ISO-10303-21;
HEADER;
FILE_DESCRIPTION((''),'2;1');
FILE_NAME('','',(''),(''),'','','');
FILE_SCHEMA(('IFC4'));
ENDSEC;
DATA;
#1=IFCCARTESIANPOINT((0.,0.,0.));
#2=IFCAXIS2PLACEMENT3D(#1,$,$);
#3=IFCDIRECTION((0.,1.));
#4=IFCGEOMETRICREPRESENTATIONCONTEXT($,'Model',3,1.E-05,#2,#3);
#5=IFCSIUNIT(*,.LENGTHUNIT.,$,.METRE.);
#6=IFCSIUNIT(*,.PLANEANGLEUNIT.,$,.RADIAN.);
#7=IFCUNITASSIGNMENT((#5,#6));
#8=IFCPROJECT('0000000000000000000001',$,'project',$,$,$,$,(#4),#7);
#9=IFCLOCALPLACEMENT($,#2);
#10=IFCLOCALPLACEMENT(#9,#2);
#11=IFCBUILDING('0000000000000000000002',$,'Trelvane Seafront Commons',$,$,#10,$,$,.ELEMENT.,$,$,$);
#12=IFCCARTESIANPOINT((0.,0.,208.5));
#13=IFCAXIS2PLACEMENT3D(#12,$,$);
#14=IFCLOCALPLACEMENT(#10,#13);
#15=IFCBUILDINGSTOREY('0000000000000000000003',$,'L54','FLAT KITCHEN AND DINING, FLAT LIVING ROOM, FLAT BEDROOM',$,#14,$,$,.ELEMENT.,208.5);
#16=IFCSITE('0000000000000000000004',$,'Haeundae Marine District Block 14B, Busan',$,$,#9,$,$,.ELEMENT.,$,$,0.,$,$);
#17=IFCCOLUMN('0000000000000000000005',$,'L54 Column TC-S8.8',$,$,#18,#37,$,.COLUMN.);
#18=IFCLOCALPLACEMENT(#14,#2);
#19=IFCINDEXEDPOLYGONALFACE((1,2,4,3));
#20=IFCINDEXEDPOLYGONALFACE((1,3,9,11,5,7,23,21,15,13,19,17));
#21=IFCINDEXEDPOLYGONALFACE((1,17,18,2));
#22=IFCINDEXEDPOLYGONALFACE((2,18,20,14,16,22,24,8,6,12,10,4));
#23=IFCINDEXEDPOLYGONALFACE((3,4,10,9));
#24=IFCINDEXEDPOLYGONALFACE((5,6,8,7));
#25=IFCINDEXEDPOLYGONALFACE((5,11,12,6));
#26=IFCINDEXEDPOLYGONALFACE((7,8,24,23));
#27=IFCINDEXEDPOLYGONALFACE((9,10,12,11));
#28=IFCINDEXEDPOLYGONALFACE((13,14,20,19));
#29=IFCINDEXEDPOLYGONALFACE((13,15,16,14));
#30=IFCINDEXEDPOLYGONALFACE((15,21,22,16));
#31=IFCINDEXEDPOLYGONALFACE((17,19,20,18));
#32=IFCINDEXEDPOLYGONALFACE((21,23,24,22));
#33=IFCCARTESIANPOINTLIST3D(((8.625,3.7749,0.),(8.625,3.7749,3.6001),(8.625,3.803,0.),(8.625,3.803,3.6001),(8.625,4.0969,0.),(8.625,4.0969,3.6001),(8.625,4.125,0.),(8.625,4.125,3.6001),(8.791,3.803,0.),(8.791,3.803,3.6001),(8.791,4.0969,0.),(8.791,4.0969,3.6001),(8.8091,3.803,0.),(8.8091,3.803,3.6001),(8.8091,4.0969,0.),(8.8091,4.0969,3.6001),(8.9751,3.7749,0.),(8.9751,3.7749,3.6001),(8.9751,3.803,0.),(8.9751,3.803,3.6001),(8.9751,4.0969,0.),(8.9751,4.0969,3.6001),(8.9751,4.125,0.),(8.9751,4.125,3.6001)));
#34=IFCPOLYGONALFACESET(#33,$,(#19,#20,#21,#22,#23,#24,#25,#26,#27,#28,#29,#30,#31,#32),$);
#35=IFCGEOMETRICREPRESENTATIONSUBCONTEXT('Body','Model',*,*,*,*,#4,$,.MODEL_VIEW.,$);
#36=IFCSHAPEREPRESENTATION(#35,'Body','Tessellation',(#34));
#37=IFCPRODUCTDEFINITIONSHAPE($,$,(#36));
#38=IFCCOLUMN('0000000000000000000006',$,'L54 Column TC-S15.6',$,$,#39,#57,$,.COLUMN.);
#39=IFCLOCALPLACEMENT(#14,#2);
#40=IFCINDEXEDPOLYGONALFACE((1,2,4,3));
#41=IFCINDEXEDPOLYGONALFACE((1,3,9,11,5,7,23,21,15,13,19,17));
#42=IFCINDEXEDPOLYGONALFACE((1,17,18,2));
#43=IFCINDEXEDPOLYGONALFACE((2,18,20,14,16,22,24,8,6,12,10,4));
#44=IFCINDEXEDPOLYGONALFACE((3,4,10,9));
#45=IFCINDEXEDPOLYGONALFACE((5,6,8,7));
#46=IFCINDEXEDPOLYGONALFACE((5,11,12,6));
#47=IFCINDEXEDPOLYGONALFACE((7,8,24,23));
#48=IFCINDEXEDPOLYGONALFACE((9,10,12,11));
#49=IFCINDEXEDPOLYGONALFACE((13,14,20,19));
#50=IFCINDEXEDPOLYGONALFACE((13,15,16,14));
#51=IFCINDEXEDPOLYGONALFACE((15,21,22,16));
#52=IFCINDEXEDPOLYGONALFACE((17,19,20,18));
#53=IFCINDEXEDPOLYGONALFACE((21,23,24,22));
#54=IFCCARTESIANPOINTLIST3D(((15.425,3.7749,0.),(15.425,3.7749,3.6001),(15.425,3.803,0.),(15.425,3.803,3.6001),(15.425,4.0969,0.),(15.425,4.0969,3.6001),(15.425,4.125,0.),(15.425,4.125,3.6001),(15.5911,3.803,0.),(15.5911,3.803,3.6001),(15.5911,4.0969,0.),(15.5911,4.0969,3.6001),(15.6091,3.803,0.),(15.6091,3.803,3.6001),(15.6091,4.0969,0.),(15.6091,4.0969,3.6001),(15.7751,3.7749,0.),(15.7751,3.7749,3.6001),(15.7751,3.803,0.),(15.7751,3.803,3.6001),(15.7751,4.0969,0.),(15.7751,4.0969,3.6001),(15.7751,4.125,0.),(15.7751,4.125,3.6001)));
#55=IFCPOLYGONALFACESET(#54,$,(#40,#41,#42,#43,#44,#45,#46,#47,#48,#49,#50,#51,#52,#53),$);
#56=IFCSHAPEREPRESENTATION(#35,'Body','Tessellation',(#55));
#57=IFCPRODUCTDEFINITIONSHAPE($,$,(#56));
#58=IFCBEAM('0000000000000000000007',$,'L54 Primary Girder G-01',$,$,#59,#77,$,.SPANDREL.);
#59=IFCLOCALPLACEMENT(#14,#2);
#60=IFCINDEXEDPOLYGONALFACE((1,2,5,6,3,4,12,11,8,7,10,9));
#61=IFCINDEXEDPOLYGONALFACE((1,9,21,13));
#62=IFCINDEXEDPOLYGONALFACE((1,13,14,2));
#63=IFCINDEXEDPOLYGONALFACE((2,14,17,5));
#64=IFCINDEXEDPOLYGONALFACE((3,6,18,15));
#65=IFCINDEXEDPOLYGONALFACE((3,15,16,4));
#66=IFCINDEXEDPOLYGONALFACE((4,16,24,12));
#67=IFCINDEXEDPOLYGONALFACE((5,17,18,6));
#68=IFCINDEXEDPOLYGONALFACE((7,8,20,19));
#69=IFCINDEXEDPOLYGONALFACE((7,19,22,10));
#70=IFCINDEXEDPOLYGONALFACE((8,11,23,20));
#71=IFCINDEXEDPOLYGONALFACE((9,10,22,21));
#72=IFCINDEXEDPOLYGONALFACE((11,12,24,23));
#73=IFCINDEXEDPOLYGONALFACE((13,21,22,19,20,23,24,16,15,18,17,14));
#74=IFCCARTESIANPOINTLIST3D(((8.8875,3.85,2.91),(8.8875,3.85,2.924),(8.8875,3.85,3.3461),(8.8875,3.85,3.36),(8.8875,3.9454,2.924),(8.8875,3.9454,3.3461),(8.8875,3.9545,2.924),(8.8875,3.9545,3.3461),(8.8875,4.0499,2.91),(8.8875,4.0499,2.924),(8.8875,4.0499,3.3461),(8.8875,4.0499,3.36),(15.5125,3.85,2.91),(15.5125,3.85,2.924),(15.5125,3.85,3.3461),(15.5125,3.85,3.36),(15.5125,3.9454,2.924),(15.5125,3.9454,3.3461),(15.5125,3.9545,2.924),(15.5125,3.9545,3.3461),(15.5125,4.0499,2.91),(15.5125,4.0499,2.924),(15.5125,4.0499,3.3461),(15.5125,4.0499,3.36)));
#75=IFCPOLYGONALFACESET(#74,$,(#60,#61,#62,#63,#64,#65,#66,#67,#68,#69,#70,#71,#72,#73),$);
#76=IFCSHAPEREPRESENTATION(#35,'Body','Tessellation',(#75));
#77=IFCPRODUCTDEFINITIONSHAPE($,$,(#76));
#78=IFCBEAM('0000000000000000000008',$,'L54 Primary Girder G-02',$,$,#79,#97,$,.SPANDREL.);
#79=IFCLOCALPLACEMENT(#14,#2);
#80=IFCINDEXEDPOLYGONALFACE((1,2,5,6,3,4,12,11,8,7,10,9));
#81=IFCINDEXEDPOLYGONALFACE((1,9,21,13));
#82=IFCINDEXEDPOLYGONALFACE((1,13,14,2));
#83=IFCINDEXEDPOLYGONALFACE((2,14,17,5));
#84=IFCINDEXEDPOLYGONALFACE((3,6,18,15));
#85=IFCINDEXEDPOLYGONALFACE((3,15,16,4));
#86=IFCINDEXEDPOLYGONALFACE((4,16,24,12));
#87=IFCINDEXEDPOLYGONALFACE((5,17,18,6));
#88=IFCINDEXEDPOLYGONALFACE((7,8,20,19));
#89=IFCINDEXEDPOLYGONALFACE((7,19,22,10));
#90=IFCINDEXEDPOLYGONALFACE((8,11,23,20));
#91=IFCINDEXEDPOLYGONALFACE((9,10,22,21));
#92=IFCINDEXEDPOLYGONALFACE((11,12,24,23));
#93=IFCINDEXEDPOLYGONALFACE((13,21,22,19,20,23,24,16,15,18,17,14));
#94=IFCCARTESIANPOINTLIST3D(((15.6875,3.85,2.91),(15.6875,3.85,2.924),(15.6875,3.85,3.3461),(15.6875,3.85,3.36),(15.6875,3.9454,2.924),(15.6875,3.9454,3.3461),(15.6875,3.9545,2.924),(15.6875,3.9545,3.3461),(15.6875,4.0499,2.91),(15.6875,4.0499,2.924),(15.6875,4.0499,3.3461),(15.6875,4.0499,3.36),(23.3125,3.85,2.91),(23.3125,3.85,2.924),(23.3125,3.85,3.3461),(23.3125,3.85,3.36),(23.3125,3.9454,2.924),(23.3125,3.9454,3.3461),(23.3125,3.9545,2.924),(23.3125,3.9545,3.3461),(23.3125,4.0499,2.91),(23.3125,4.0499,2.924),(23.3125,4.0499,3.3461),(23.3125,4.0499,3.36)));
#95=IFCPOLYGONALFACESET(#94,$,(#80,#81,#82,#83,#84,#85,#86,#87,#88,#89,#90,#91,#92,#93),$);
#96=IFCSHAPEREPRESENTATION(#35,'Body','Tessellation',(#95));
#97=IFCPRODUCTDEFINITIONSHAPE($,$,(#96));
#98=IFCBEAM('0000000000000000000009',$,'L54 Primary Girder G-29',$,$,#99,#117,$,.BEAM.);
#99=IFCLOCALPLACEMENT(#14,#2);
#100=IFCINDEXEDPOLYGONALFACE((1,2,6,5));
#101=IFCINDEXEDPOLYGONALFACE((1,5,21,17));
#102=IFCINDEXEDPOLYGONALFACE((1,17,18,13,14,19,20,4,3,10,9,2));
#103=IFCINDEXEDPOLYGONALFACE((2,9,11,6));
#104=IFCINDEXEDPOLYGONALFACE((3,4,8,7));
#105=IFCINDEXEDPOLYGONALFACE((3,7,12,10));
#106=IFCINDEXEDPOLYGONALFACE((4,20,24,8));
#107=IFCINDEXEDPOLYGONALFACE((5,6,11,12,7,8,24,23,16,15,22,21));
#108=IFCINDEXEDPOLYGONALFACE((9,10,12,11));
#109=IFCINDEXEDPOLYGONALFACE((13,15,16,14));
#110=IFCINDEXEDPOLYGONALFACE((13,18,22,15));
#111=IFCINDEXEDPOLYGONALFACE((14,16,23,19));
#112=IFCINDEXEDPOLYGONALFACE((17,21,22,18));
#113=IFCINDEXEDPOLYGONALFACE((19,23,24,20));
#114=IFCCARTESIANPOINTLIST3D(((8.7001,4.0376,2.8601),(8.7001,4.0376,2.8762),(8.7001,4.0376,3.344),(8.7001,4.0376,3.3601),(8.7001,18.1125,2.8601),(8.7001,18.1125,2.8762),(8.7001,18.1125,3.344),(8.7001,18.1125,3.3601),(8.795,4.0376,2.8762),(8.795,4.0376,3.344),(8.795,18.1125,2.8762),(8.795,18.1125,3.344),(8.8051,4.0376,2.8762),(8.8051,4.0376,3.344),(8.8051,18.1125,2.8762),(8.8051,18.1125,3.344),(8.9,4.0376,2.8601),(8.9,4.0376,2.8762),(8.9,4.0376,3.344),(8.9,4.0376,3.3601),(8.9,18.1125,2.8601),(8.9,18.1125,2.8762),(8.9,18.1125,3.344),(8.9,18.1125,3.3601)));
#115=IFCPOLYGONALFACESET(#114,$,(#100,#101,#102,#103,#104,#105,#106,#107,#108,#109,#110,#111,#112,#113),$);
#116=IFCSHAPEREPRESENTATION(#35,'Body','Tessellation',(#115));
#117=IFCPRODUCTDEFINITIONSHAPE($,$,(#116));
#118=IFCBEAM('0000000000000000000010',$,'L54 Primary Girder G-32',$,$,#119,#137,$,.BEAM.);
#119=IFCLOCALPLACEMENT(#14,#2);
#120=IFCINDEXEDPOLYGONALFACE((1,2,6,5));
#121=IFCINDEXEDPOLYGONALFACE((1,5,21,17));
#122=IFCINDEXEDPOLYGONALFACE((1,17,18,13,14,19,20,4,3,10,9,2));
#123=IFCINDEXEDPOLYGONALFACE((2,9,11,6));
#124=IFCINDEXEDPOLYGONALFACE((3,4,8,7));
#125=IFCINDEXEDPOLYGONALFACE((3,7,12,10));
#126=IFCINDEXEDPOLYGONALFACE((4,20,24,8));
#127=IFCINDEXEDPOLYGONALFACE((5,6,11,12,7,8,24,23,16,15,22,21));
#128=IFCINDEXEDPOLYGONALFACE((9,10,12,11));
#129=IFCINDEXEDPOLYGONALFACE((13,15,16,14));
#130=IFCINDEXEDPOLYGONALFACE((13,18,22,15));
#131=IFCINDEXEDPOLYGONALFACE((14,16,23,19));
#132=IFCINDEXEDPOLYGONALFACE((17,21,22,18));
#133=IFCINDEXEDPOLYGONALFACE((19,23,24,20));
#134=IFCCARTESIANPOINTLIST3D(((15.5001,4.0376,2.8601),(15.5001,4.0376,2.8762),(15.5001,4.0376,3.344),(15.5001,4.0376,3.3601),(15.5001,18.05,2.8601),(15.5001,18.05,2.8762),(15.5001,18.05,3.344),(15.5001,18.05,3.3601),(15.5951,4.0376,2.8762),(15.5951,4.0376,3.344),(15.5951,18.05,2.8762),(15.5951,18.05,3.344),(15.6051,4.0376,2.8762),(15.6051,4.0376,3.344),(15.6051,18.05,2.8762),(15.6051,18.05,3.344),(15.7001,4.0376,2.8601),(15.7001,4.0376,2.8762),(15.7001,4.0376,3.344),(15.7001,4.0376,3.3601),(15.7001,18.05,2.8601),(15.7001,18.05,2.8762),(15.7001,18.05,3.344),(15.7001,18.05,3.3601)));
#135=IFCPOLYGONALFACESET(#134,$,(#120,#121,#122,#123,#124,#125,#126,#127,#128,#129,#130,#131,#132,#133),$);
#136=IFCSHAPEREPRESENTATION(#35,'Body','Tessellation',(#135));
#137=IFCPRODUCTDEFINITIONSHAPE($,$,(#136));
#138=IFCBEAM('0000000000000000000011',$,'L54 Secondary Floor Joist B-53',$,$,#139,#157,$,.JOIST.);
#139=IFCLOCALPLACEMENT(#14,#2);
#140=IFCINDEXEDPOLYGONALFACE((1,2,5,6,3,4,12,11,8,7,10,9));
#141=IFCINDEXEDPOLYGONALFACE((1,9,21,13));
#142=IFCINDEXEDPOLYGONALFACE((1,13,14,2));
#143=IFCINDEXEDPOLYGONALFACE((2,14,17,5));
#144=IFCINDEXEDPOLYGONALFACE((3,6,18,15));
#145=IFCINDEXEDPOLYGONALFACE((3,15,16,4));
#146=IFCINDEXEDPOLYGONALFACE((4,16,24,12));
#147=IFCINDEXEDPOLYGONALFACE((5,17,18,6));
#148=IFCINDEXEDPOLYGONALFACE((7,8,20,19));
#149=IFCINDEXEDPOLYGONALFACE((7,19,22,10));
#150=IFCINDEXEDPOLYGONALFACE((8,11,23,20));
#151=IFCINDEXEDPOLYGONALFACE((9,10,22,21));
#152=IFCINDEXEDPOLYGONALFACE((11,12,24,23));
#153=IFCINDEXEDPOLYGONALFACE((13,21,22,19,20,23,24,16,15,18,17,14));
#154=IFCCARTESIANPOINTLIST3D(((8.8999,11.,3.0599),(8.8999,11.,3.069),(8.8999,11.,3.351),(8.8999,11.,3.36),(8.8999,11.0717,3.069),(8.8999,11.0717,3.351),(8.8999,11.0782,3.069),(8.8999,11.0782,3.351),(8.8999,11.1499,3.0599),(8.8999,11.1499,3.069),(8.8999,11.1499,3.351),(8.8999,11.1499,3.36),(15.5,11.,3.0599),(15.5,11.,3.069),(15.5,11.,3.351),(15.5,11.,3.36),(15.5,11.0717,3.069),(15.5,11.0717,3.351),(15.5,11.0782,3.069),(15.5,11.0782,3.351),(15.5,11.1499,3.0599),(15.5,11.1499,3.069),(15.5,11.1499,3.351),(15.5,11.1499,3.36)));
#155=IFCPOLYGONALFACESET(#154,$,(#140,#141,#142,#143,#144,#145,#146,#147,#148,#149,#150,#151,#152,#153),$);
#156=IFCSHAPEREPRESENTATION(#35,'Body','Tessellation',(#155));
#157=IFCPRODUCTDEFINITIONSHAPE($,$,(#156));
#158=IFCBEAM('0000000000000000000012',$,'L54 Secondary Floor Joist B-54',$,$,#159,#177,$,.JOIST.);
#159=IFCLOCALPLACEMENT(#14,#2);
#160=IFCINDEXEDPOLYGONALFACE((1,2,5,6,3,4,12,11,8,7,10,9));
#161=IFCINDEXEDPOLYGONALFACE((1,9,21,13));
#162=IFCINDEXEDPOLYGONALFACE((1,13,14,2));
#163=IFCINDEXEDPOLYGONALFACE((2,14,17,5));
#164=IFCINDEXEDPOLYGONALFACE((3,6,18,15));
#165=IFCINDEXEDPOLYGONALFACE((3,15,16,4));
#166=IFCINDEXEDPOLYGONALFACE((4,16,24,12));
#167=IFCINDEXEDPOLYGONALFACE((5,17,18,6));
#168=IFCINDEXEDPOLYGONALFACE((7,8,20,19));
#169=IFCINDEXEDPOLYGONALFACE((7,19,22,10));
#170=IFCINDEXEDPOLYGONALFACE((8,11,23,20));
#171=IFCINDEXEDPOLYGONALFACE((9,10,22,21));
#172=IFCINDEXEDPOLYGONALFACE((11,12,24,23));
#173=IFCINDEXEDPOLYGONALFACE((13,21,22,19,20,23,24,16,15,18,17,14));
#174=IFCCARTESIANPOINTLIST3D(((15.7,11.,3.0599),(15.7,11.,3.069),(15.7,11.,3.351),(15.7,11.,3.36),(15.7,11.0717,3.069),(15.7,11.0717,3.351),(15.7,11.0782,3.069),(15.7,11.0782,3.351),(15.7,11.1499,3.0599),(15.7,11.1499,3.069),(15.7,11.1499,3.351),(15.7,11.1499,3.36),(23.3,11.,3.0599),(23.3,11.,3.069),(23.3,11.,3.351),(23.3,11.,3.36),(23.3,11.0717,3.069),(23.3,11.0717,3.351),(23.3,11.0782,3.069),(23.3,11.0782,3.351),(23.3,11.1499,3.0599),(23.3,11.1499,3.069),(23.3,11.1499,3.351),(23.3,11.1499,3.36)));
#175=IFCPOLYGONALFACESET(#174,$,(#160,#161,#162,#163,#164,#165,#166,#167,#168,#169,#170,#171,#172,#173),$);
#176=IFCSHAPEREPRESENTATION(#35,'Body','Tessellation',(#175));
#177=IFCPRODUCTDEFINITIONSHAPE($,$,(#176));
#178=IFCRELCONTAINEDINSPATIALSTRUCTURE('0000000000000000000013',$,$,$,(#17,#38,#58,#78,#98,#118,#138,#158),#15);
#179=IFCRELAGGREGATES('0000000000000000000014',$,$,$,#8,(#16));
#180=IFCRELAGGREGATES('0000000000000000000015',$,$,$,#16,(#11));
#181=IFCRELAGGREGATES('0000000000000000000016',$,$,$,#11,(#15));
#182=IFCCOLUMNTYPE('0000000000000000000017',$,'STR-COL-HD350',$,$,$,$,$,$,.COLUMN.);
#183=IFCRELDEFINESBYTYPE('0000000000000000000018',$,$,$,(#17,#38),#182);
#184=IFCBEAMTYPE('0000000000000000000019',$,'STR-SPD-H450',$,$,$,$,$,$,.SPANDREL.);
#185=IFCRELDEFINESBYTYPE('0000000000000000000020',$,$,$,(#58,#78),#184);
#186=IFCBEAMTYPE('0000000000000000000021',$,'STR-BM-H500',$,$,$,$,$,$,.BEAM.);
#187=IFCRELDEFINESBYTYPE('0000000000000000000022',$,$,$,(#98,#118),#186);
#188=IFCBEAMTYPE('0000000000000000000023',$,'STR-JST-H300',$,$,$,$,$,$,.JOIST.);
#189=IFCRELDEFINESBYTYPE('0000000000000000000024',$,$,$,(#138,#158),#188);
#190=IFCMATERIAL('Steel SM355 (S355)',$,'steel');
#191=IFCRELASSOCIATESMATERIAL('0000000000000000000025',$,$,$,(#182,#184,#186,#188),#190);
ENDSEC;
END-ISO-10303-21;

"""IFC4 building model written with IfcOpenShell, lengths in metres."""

from ifc_helpers import new_model, si_unit, direction, frame, origin, origin_2d, place, context, subcontext, project, spatial, i_section, extrude, source, transform, mapped, material, material_profile, profile_set, type_object, element, save


model = new_model("IFC4")

# Units and contexts
model_context = context("Model", 3, precision=1e-05, world=origin(), true_north=direction((0.0, 1.0)))
body_context = subcontext(model_context, "Body", "Model", "MODEL_VIEW")
ifc_project = project(units=[si_unit("LENGTHUNIT", "METRE"), si_unit("PLANEANGLEUNIT", "RADIAN")], contexts=[model_context])

# Site, building, storey
site_placement = place(None, origin())
site = spatial("IfcSite", under=ifc_project, at=site_placement, Name="Haeundae Marine District Block 14B, Busan", CompositionType="ELEMENT", RefElevation=0.0)
building_placement = place(site_placement, origin())
building = spatial("IfcBuilding", under=site, at=building_placement, Name="Trelvane Seafront Commons", CompositionType="ELEMENT")
storey_placement = place(building_placement, frame((0.0, 0.0, 208.5)))
storey = spatial("IfcBuildingStorey", under=building, at=storey_placement, Name="L54", Description="FLAT KITCHEN AND DINING, FLAT LIVING ROOM, FLAT BEDROOM", CompositionType="ELEMENT", Elevation=208.5)

# Columns
ifc_material_1 = material(Name="Steel SM355 (S355)", Category="steel")
ifc_material_profile_1 = material_profile(ifc_material_1, i_section(OverallWidth=0.3501, OverallDepth=0.3501, WebThickness=0.0181, FlangeThickness=0.0281, at=origin_2d()), Name="HD-350x350x18x28")
ifc_profile_set_1 = profile_set([ifc_material_profile_1], Name="Steel SM355 (S355)")
column_type = type_object("IfcColumnType", Name="STR-COL-HD350", PredefinedType="COLUMN", material=ifc_profile_set_1)
shared_shape_1 = source(origin(), body_context, "Body", "SweptSolid", [
    extrude(i_section(OverallWidth=0.3501, OverallDepth=0.3501, WebThickness=0.0181, FlangeThickness=0.0281, at=origin_2d()), origin(), (0.0, 0.0, 1.0), 3.6001),
])
for number, where, z_axis, x_axis, name in (
    (1, (8.8, 3.95, 0.0), (0.0, 0.0, 1.0), (1.0, 0.0, 0.0), "L54 Column TC-S8.8"),
    (2, (15.6001, 3.95, 0.0), (0.0, 0.0, 1.0), (1.0, 0.0, 0.0), "L54 Column TC-S15.6"),
):
    element("IfcColumn", number, at=place(storey_placement, frame(where, z_axis=z_axis, x_axis=x_axis)), inside=storey, type_object=column_type, Name=name, PredefinedType="COLUMN", context=body_context, shape_type="MappedRepresentation", body=[
        mapped(shared_shape_1, transform((0.0, 0.0, 0.0), x_axis=(1.0, 0.0, 0.0), y_axis=(0.0, 1.0, 0.0), z_axis=(0.0, 0.0, 1.0), scale=1.0)),
    ])

# Beams
ifc_material_profile_2 = material_profile(ifc_material_1, i_section(OverallWidth=0.2, OverallDepth=0.45, WebThickness=0.009, FlangeThickness=0.0139, at=origin_2d()), Name="H-450x200x9x14")
ifc_profile_set_2 = profile_set([ifc_material_profile_2], Name="Steel SM355 (S355)")
beam_type_1 = type_object("IfcBeamType", Name="STR-SPD-H450", PredefinedType="SPANDREL", material=ifc_profile_set_2)
shared_shape_2 = source(origin(), body_context, "Body", "SweptSolid", [
    extrude(i_section(OverallWidth=0.2, OverallDepth=0.45, WebThickness=0.009, FlangeThickness=0.0139, at=origin_2d()), origin(), (0.0, 0.0, 1.0), 6.625),
])
beam_1_placement = place(storey_placement, frame((8.8875, 3.95, 3.135), z_axis=(1.0, 0.0, 0.0), x_axis=(0.0, 1.0, 0.0)))
element("IfcBeam", 3, at=beam_1_placement, inside=storey, type_object=beam_type_1, Name="L54 Primary Girder G-01", PredefinedType="SPANDREL", context=body_context, shape_type="MappedRepresentation", body=[
    mapped(shared_shape_2, transform((0.0, 0.0, 0.0), x_axis=(1.0, 0.0, 0.0), y_axis=(0.0, 1.0, 0.0), z_axis=(0.0, 0.0, 1.0), scale=1.0)),
])
shared_shape_3 = source(origin(), body_context, "Body", "SweptSolid", [
    extrude(i_section(OverallWidth=0.2, OverallDepth=0.45, WebThickness=0.009, FlangeThickness=0.0139, at=origin_2d()), origin(), (0.0, 0.0, 1.0), 7.625),
])
beam_2_placement = place(storey_placement, frame((15.6875, 3.95, 3.135), z_axis=(1.0, 0.0, 0.0), x_axis=(0.0, 1.0, 0.0)))
element("IfcBeam", 4, at=beam_2_placement, inside=storey, type_object=beam_type_1, Name="L54 Primary Girder G-02", PredefinedType="SPANDREL", context=body_context, shape_type="MappedRepresentation", body=[
    mapped(shared_shape_3, transform((0.0, 0.0, 0.0), x_axis=(1.0, 0.0, 0.0), y_axis=(0.0, 1.0, 0.0), z_axis=(0.0, 0.0, 1.0), scale=1.0)),
])
ifc_material_profile_3 = material_profile(ifc_material_1, i_section(OverallWidth=0.2, OverallDepth=0.5, WebThickness=0.01, FlangeThickness=0.0161, at=origin_2d()), Name="H-500x200x10x16")
ifc_profile_set_3 = profile_set([ifc_material_profile_3], Name="Steel SM355 (S355)")
beam_type_2 = type_object("IfcBeamType", Name="STR-BM-H500", PredefinedType="BEAM", material=ifc_profile_set_3)
shared_shape_4 = source(origin(), body_context, "Body", "SweptSolid", [
    extrude(i_section(OverallWidth=0.2, OverallDepth=0.5, WebThickness=0.01, FlangeThickness=0.0161, at=origin_2d()), origin(), (0.0, 0.0, 1.0), 14.075),
])
beam_3_placement = place(storey_placement, frame((8.8, 4.0376, 3.1101), z_axis=(0.0, 1.0, 0.0), x_axis=(-1.0, 0.0, 0.0)))
element("IfcBeam", 5, at=beam_3_placement, inside=storey, type_object=beam_type_2, Name="L54 Primary Girder G-29", PredefinedType="BEAM", context=body_context, shape_type="MappedRepresentation", body=[
    mapped(shared_shape_4, transform((0.0, 0.0, 0.0), x_axis=(1.0, 0.0, 0.0), y_axis=(0.0, 1.0, 0.0), z_axis=(0.0, 0.0, 1.0), scale=1.0)),
])
shared_shape_5 = source(origin(), body_context, "Body", "SweptSolid", [
    extrude(i_section(OverallWidth=0.2, OverallDepth=0.5, WebThickness=0.01, FlangeThickness=0.0161, at=origin_2d()), origin(), (0.0, 0.0, 1.0), 14.0125),
])
beam_4_placement = place(storey_placement, frame((15.6001, 4.0376, 3.1101), z_axis=(0.0, 1.0, 0.0), x_axis=(-1.0, 0.0, 0.0)))
element("IfcBeam", 6, at=beam_4_placement, inside=storey, type_object=beam_type_2, Name="L54 Primary Girder G-32", PredefinedType="BEAM", context=body_context, shape_type="MappedRepresentation", body=[
    mapped(shared_shape_5, transform((0.0, 0.0, 0.0), x_axis=(1.0, 0.0, 0.0), y_axis=(0.0, 1.0, 0.0), z_axis=(0.0, 0.0, 1.0), scale=1.0)),
])
ifc_material_profile_4 = material_profile(ifc_material_1, i_section(OverallWidth=0.1499, OverallDepth=0.3, WebThickness=0.0066, FlangeThickness=0.009, at=origin_2d()), Name="H-300x150x6.5x9")
ifc_profile_set_4 = profile_set([ifc_material_profile_4], Name="Steel SM355 (S355)")
beam_type_3 = type_object("IfcBeamType", Name="STR-JST-H300", PredefinedType="JOIST", material=ifc_profile_set_4)
shared_shape_6 = source(origin(), body_context, "Body", "SweptSolid", [
    extrude(i_section(OverallWidth=0.1499, OverallDepth=0.3, WebThickness=0.0066, FlangeThickness=0.009, at=origin_2d()), origin(), (0.0, 0.0, 1.0), 6.6001),
])
beam_5_placement = place(storey_placement, frame((8.8999, 11.075, 3.21), z_axis=(1.0, 0.0, 0.0), x_axis=(0.0, 1.0, 0.0)))
element("IfcBeam", 7, at=beam_5_placement, inside=storey, type_object=beam_type_3, Name="L54 Secondary Floor Joist B-53", PredefinedType="JOIST", context=body_context, shape_type="MappedRepresentation", body=[
    mapped(shared_shape_6, transform((0.0, 0.0, 0.0), x_axis=(1.0, 0.0, 0.0), y_axis=(0.0, 1.0, 0.0), z_axis=(0.0, 0.0, 1.0), scale=1.0)),
])
shared_shape_7 = source(origin(), body_context, "Body", "SweptSolid", [
    extrude(i_section(OverallWidth=0.1499, OverallDepth=0.3, WebThickness=0.0066, FlangeThickness=0.009, at=origin_2d()), origin(), (0.0, 0.0, 1.0), 7.6001),
])
beam_6_placement = place(storey_placement, frame((15.7, 11.075, 3.21), z_axis=(1.0, 0.0, 0.0), x_axis=(0.0, 1.0, 0.0)))
element("IfcBeam", 8, at=beam_6_placement, inside=storey, type_object=beam_type_3, Name="L54 Secondary Floor Joist B-54", PredefinedType="JOIST", context=body_context, shape_type="MappedRepresentation", body=[
    mapped(shared_shape_7, transform((0.0, 0.0, 0.0), x_axis=(1.0, 0.0, 0.0), y_axis=(0.0, 1.0, 0.0), z_axis=(0.0, 0.0, 1.0), scale=1.0)),
])

save(model, "model.ifc")
